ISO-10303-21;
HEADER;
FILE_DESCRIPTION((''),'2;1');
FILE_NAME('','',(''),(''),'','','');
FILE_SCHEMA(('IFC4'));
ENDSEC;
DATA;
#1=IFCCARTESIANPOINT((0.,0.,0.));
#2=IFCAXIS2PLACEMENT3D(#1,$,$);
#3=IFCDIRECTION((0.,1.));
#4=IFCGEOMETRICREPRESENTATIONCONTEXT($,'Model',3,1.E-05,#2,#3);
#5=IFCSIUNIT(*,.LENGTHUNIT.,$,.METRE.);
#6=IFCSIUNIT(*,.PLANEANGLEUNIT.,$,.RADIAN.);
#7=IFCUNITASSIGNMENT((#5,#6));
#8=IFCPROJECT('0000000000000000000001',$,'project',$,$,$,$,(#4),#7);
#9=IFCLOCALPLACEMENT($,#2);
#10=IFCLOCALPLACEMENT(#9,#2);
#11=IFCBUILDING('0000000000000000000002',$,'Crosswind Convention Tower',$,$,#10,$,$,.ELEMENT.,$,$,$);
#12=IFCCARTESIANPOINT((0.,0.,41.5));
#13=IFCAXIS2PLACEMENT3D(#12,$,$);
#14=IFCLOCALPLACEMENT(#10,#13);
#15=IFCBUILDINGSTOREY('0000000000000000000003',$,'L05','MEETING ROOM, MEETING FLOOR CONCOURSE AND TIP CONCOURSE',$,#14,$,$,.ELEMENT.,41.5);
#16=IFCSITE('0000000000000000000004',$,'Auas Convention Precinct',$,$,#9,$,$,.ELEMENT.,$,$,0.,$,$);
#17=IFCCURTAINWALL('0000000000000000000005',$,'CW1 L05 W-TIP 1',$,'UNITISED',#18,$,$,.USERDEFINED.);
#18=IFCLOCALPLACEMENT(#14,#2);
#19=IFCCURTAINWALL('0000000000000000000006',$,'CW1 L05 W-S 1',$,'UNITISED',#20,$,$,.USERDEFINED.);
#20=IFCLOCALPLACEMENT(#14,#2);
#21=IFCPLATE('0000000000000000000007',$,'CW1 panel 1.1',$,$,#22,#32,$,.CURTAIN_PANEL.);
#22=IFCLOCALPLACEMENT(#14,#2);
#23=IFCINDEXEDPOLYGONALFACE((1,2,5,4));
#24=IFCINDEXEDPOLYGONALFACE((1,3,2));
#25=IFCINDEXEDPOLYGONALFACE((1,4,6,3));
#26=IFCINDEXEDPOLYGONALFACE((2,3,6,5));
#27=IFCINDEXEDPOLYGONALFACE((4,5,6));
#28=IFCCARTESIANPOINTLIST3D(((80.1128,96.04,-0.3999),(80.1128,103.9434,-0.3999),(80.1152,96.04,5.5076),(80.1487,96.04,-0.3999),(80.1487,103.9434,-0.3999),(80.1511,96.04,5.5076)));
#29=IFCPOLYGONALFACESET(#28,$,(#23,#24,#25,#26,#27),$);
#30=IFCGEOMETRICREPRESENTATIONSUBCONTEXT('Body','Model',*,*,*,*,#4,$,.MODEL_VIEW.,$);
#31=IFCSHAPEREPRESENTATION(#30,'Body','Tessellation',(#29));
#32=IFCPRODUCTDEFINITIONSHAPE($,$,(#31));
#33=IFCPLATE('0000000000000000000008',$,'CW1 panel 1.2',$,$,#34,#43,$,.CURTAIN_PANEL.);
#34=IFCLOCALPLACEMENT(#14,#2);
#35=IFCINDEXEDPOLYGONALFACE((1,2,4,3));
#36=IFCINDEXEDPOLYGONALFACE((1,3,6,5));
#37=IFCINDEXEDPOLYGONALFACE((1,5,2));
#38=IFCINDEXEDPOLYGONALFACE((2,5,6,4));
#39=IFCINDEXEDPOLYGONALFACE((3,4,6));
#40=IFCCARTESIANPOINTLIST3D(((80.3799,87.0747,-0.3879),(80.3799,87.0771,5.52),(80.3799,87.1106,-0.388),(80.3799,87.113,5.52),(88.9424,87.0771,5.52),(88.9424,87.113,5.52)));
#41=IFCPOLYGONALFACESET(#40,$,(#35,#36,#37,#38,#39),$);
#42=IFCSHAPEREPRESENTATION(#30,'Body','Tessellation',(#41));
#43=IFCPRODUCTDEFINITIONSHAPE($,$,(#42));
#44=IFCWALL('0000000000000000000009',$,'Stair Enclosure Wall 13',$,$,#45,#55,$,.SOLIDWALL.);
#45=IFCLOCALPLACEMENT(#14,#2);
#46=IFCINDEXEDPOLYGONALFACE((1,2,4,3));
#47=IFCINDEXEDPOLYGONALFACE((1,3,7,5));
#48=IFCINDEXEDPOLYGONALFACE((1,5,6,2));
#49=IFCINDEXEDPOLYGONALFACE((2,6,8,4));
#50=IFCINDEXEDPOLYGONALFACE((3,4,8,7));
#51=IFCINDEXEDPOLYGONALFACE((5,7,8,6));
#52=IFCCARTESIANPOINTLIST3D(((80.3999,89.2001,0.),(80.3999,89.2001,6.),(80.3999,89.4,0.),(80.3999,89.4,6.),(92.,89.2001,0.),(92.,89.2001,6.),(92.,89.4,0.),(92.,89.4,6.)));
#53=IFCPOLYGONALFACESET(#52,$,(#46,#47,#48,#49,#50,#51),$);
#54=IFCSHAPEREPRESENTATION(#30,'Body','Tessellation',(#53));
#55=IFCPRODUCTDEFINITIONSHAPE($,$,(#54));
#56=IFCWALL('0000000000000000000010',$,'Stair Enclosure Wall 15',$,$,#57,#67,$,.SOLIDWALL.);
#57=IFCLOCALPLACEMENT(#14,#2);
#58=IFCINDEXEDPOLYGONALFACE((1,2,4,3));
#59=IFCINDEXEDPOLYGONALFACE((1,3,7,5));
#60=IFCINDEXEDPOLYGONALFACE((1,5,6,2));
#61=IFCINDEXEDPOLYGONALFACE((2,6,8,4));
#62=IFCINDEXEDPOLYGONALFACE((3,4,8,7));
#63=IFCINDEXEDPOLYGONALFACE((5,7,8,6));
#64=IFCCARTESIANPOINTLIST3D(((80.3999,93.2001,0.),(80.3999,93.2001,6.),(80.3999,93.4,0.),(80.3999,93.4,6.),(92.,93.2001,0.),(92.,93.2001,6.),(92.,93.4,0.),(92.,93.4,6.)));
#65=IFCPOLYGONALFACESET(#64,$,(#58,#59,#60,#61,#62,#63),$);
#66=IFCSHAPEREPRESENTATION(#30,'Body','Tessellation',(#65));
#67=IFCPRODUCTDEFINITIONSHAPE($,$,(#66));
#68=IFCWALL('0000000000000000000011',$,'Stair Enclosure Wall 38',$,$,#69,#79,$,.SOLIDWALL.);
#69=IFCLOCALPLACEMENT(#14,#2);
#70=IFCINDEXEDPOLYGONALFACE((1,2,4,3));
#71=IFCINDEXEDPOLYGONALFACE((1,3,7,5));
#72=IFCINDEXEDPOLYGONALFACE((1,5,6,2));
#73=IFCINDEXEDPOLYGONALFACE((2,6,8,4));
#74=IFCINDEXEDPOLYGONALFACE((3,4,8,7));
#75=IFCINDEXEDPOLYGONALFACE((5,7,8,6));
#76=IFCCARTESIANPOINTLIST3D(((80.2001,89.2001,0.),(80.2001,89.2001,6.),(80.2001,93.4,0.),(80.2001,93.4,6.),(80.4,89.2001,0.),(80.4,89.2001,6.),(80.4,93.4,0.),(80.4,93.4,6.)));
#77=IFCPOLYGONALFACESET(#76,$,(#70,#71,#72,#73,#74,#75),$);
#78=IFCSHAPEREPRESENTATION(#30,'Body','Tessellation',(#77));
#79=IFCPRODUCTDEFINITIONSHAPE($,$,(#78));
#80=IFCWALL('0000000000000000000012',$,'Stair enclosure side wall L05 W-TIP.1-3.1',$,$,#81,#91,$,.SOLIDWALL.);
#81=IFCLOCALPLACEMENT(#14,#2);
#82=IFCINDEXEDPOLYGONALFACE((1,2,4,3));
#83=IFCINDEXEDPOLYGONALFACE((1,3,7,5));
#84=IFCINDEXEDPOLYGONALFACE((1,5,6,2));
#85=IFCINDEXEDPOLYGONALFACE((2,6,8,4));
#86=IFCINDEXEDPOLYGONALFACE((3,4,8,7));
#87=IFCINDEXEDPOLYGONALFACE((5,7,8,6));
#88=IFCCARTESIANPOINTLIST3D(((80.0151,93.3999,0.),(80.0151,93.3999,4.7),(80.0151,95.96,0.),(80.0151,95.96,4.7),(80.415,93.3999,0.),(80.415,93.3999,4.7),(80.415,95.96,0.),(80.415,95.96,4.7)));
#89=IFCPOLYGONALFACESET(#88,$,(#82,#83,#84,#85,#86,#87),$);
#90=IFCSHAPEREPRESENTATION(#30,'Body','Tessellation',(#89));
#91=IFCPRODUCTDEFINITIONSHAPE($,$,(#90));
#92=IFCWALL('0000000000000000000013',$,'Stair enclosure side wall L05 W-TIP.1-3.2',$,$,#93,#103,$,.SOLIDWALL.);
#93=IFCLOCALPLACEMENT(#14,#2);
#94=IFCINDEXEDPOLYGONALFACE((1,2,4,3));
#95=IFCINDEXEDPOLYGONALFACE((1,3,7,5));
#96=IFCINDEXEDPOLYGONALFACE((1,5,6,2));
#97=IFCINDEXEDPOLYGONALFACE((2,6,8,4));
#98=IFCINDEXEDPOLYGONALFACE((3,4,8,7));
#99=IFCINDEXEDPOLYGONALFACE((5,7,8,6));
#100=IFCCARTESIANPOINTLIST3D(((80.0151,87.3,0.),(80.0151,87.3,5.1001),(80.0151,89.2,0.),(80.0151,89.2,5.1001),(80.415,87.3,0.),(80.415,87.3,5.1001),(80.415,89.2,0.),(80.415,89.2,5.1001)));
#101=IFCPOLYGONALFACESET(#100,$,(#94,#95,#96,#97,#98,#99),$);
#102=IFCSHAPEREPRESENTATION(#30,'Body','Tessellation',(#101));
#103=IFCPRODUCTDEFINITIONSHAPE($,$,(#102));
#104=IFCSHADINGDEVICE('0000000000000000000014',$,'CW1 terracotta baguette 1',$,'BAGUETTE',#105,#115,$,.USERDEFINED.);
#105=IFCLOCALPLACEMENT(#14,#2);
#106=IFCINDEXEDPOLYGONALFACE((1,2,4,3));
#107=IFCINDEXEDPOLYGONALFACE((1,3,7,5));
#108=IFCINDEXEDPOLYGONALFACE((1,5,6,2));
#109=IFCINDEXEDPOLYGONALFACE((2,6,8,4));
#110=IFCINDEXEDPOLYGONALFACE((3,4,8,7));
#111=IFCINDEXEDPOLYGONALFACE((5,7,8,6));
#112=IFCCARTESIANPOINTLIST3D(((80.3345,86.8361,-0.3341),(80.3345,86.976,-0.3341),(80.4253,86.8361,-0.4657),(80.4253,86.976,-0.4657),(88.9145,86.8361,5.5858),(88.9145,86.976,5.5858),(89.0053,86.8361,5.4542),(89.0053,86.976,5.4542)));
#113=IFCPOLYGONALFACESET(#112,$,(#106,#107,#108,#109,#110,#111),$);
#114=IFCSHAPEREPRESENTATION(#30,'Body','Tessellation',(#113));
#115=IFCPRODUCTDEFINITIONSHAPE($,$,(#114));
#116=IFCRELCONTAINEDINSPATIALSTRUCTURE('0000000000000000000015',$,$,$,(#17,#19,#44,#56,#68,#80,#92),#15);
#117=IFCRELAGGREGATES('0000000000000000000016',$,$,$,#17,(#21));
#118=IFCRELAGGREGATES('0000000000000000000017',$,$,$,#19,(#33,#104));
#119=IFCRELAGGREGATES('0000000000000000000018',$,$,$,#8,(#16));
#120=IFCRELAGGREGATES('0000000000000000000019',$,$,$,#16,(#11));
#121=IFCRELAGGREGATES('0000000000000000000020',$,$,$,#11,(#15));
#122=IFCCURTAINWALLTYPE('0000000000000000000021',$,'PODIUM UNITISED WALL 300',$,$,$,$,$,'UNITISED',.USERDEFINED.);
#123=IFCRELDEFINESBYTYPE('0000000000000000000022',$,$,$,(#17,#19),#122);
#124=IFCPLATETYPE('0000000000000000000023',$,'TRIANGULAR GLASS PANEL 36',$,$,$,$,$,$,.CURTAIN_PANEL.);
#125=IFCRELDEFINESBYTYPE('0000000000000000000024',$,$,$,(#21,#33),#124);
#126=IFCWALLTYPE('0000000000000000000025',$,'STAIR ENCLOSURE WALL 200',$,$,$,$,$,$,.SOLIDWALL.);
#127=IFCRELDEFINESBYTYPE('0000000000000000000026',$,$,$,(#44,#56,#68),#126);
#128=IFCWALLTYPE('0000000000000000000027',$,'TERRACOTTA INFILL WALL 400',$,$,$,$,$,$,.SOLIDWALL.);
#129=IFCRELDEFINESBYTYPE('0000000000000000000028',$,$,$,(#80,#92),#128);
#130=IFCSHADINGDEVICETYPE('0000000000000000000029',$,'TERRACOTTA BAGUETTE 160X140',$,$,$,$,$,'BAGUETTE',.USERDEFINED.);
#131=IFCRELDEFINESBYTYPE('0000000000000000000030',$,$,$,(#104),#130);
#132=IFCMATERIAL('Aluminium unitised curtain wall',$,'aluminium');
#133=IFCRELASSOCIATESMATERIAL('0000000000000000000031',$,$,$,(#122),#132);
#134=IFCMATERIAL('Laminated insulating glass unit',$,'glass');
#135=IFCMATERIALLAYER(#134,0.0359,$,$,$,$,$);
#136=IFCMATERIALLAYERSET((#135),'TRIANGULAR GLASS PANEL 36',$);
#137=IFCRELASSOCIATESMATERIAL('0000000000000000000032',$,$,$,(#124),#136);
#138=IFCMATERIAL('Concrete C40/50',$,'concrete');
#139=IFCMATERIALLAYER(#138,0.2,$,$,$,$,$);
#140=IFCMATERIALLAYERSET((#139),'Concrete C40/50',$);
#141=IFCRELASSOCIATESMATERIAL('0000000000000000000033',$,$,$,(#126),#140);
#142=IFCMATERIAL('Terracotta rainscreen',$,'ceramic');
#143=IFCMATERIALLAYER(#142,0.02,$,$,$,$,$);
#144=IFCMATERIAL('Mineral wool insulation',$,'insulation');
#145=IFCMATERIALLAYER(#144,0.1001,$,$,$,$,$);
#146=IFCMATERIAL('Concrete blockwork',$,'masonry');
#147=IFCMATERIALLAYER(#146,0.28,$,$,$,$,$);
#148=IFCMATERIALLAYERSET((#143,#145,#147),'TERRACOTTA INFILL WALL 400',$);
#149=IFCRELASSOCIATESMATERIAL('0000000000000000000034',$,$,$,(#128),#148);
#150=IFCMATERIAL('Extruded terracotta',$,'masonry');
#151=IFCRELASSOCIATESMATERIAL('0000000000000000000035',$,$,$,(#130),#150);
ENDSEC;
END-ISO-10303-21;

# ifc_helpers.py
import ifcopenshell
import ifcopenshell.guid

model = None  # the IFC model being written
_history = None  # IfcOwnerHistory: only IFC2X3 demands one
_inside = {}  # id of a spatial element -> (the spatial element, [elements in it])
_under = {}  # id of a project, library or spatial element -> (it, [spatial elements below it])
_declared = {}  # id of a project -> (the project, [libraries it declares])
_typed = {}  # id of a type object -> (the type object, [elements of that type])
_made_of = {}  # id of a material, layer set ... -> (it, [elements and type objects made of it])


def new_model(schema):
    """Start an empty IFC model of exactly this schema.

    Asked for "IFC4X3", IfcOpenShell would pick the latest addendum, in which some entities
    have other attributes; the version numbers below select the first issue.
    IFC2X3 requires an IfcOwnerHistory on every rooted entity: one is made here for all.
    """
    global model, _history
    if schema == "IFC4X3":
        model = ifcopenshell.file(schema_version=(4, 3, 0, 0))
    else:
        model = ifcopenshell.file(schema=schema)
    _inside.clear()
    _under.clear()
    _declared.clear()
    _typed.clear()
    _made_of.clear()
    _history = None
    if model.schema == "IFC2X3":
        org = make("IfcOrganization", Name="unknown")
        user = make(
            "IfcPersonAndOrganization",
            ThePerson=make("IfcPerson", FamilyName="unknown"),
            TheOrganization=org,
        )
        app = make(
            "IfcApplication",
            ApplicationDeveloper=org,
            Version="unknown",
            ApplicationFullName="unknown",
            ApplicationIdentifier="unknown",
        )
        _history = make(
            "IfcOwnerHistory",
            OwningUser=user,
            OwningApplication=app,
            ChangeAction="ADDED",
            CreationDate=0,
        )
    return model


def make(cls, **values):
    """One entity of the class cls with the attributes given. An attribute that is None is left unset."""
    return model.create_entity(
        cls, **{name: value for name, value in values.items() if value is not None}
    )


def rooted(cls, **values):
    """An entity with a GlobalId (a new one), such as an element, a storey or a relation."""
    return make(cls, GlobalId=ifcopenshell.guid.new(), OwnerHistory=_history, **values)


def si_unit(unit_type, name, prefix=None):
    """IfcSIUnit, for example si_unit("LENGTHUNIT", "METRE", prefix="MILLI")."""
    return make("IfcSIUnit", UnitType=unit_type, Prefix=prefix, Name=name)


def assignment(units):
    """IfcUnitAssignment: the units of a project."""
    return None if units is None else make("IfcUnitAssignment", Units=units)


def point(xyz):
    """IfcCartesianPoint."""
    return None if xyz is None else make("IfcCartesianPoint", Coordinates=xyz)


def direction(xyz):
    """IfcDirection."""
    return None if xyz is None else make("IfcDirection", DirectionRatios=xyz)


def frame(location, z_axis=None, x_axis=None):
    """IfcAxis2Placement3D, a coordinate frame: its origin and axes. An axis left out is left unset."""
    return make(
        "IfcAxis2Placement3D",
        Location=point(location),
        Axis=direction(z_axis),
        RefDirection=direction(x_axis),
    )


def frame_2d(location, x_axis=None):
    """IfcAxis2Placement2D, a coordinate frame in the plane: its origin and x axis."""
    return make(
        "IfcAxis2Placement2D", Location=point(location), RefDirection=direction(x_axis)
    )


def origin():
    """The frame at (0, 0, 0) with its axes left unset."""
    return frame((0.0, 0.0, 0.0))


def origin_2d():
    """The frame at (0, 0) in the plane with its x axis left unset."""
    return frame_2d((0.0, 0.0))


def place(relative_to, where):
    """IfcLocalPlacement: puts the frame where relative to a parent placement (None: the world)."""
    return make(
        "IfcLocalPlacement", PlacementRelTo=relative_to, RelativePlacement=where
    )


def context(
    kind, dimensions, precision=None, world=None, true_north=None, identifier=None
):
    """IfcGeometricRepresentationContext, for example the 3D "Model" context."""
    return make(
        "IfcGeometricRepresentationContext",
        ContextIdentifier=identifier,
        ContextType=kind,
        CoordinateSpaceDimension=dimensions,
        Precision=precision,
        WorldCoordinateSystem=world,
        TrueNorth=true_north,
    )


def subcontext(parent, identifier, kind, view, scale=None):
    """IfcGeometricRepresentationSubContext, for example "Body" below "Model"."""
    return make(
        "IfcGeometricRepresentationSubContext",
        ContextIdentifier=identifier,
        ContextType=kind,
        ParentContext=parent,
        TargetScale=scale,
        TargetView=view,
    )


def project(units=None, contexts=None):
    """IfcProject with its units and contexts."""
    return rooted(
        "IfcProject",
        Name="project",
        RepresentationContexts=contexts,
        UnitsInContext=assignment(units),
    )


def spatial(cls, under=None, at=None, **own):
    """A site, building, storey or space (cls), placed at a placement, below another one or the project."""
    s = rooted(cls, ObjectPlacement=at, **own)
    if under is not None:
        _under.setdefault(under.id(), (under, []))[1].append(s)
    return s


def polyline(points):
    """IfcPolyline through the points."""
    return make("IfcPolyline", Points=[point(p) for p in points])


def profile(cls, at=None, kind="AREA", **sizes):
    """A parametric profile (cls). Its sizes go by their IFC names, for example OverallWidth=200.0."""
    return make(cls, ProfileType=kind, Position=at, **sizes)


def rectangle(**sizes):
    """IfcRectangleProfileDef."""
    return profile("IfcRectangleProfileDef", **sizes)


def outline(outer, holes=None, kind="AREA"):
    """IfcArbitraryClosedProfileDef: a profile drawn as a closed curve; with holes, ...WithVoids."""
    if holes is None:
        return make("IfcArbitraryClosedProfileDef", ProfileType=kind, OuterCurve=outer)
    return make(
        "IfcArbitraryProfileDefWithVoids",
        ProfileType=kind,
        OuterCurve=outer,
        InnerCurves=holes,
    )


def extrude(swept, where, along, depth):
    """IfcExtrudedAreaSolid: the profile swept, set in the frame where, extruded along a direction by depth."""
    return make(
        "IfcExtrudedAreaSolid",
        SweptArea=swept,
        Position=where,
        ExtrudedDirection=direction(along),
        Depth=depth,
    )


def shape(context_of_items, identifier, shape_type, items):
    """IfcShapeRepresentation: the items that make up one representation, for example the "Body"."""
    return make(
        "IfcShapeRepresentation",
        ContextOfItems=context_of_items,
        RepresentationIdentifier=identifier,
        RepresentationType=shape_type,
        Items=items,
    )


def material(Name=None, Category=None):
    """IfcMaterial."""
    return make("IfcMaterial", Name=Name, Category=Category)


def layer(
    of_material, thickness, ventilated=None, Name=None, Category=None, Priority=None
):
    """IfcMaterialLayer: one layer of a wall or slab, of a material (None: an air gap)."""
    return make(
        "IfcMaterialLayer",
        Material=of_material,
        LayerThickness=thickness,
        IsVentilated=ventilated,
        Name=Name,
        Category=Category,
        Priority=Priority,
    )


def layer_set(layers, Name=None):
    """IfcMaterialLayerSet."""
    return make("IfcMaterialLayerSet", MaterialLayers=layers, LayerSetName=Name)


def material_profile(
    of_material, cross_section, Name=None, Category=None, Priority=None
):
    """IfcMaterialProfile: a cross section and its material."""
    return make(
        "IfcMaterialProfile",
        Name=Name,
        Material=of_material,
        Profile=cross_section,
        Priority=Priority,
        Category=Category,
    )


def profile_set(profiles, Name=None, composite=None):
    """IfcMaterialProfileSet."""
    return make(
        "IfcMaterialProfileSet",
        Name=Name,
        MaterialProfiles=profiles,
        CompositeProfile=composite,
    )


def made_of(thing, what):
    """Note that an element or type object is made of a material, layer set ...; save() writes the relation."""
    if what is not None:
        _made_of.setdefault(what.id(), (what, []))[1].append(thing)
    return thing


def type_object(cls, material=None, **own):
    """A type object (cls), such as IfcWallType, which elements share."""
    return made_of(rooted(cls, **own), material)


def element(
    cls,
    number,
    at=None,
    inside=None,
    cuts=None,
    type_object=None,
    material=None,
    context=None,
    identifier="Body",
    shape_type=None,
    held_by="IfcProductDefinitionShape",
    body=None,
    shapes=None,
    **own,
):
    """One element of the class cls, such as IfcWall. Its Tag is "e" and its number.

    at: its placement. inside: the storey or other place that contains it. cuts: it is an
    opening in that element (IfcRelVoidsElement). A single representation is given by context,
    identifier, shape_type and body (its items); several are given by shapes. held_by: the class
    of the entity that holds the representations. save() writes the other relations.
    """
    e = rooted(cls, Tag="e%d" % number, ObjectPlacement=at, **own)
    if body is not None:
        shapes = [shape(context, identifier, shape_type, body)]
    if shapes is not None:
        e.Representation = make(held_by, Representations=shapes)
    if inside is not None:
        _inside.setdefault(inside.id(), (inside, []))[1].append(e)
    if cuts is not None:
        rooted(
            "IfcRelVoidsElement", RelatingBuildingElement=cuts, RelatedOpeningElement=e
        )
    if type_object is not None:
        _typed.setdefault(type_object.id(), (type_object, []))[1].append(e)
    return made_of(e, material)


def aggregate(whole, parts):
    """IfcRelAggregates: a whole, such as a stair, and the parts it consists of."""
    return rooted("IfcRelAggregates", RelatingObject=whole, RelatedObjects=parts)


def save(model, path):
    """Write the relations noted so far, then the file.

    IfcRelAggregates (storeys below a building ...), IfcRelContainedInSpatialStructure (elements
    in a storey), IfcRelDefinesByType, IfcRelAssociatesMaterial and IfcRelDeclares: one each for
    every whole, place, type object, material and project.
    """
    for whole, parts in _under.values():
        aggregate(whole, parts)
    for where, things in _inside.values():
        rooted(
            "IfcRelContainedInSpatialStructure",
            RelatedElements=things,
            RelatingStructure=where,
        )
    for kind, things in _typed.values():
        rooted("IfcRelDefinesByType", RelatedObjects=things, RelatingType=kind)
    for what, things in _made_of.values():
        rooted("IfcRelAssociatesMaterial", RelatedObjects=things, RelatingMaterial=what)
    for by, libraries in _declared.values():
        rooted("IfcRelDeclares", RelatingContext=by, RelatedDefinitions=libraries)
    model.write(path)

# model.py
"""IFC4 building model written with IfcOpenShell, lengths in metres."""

from ifc_helpers import new_model, si_unit, direction, frame, frame_2d, origin, origin_2d, place, context, subcontext, project, spatial, polyline, rectangle, outline, extrude, material, layer, layer_set, material_profile, profile_set, type_object, element, aggregate, save


model = new_model("IFC4")

# Units and contexts
model_context = context("Model", 3, precision=1e-05, world=origin(), true_north=direction((0.0, 1.0)))
body_context = subcontext(model_context, "Body", "Model", "MODEL_VIEW")
ifc_project = project(units=[si_unit("LENGTHUNIT", "METRE"), si_unit("PLANEANGLEUNIT", "RADIAN")], contexts=[model_context])

# Site, building, storey
site_placement = place(None, origin())
site = spatial("IfcSite", under=ifc_project, at=site_placement, Name="Auas Convention Precinct", CompositionType="ELEMENT", RefElevation=0.0)
building_placement = place(site_placement, origin())
building = spatial("IfcBuilding", under=site, at=building_placement, Name="Crosswind Convention Tower", CompositionType="ELEMENT")
storey_placement = place(building_placement, frame((0.0, 0.0, 41.5)))
storey = spatial("IfcBuildingStorey", under=building, at=storey_placement, Name="L05", Description="MEETING ROOM, MEETING FLOOR CONCOURSE AND TIP CONCOURSE", CompositionType="ELEMENT", Elevation=41.5)

# Curtain walls
ifc_material_1 = material(Name="Aluminium unitised curtain wall", Category="aluminium")
curtain_wall_type = type_object("IfcCurtainWallType", Name="PODIUM UNITISED WALL 300", ElementType="UNITISED", PredefinedType="USERDEFINED", material=ifc_material_1)
curtain_wall_1_placement = place(storey_placement, origin())
curtain_wall_1 = element("IfcCurtainWall", 1, at=curtain_wall_1_placement, inside=storey, type_object=curtain_wall_type, Name="CW1 L05 W-TIP 1", ObjectType="UNITISED", PredefinedType="USERDEFINED")
curtain_wall_2_placement = place(storey_placement, origin())
curtain_wall_2 = element("IfcCurtainWall", 2, at=curtain_wall_2_placement, inside=storey, type_object=curtain_wall_type, Name="CW1 L05 W-S 1", ObjectType="UNITISED", PredefinedType="USERDEFINED")

# Shared definitions
ifc_material_2 = material(Name="Concrete C40/50", Category="concrete")

# Plates
ifc_material_3 = material(Name="Laminated insulating glass unit", Category="glass")
ifc_layer_1 = layer(ifc_material_3, 0.0359)
ifc_layer_set_1 = layer_set([ifc_layer_1], Name="TRIANGULAR GLASS PANEL 36")
plate_type = type_object("IfcPlateType", Name="TRIANGULAR GLASS PANEL 36", PredefinedType="CURTAIN_PANEL", material=ifc_layer_set_1)
plate_1_placement = place(storey_placement, frame((80.1128, 96.04, -0.3999), z_axis=(-1.0, 0.0, 0.000413), x_axis=(0.000413, 0.0, 1.0)))
plate_1 = element("IfcPlate", 3, at=plate_1_placement, type_object=plate_type, Name="CW1 panel 1.1", PredefinedType="CURTAIN_PANEL", context=body_context, shape_type="SweptSolid", body=[
    extrude(outline(polyline([(0.0, 0.0), (5.9075, 0.0), (0.0, 7.9033), (0.0, 0.0)])), origin(), (0.0, 0.0, -1.0), 0.0359),
])
aggregate(curtain_wall_1, [plate_1])
plate_2_placement = place(storey_placement, frame((80.3799, 87.0771, 5.52), z_axis=(0.0, -1.0, 0.000413), x_axis=(0.0, -0.000413, -1.0)))
plate_2 = element("IfcPlate", 4, at=plate_2_placement, type_object=plate_type, Name="CW1 panel 1.2", PredefinedType="CURTAIN_PANEL", context=body_context, shape_type="SweptSolid", body=[
    extrude(outline(polyline([(0.0, 0.0), (5.908, 0.0), (0.0, 8.5625), (0.0, 0.0)])), origin(), (0.0, 0.0, -1.0), 0.0359),
])

# Walls
ifc_layer_2 = layer(ifc_material_2, 0.2)
ifc_layer_set_2 = layer_set([ifc_layer_2], Name="Concrete C40/50")
wall_type_1 = type_object("IfcWallType", Name="STAIR ENCLOSURE WALL 200", PredefinedType="SOLIDWALL", material=ifc_layer_set_2)
for number, where, z_axis, x_axis, name in (
    (5, (80.3999, 89.3, 0.0), (0.0, 0.0, 1.0), (1.0, 0.0, 0.0), "Stair Enclosure Wall 13"),
    (6, (80.3999, 93.3, 0.0), (0.0, 0.0, 1.0), (1.0, 0.0, 0.0), "Stair Enclosure Wall 15"),
):
    element("IfcWall", number, at=place(storey_placement, frame(where, z_axis=z_axis, x_axis=x_axis)), inside=storey, type_object=wall_type_1, Name=name, PredefinedType="SOLIDWALL", context=body_context, shape_type="SweptSolid", body=[
        extrude(rectangle(XDim=11.6001, YDim=0.2, at=frame_2d((5.8, 0.0))), origin(), (0.0, 0.0, 1.0), 6.0),
    ])
wall_1_placement = place(storey_placement, frame((80.3, 89.2, 0.0), z_axis=(0.0, 0.0, 1.0), x_axis=(0.0, 1.0, 0.0)))
element("IfcWall", 7, at=wall_1_placement, inside=storey, type_object=wall_type_1, Name="Stair Enclosure Wall 38", PredefinedType="SOLIDWALL", context=body_context, shape_type="SweptSolid", body=[
    extrude(rectangle(XDim=4.2, YDim=0.2, at=frame_2d((2.1001, 0.0))), origin(), (0.0, 0.0, 1.0), 6.0),
])
ifc_material_4 = material(Name="Terracotta rainscreen", Category="ceramic")
ifc_layer_3 = layer(ifc_material_4, 0.02)
ifc_material_5 = material(Name="Mineral wool insulation", Category="insulation")
ifc_layer_4 = layer(ifc_material_5, 0.1001)
ifc_material_6 = material(Name="Concrete blockwork", Category="masonry")
ifc_layer_5 = layer(ifc_material_6, 0.28)
ifc_layer_set_3 = layer_set([ifc_layer_3, ifc_layer_4, ifc_layer_5], Name="TERRACOTTA INFILL WALL 400")
wall_type_2 = type_object("IfcWallType", Name="TERRACOTTA INFILL WALL 400", PredefinedType="SOLIDWALL", material=ifc_layer_set_3)
wall_2_placement = place(storey_placement, frame((80.2151, 95.96, 0.0), z_axis=(0.0, 0.0, 1.0), x_axis=(0.0, -1.0, 0.0)))
element("IfcWall", 8, at=wall_2_placement, inside=storey, type_object=wall_type_2, Name="Stair enclosure side wall L05 W-TIP.1-3.1", PredefinedType="SOLIDWALL", context=body_context, shape_type="SweptSolid", body=[
    extrude(rectangle(XDim=2.5601, YDim=0.3999, at=frame_2d((1.28, 0.0))), origin(), (0.0, 0.0, 1.0), 4.7),
])
wall_3_placement = place(storey_placement, frame((80.2151, 89.2, 0.0), z_axis=(0.0, 0.0, 1.0), x_axis=(0.0, -1.0, 0.0)))
element("IfcWall", 9, at=wall_3_placement, inside=storey, type_object=wall_type_2, Name="Stair enclosure side wall L05 W-TIP.1-3.2", PredefinedType="SOLIDWALL", context=body_context, shape_type="SweptSolid", body=[
    extrude(rectangle(XDim=1.8999, YDim=0.3999, at=frame_2d((0.95, 0.0))), origin(), (0.0, 0.0, 1.0), 5.1001),
])

# Shading device
ifc_material_7 = material(Name="Extruded terracotta", Category="masonry")
ifc_material_profile_1 = material_profile(ifc_material_7, rectangle(XDim=0.1399, YDim=0.1599, at=origin_2d()), Name="TC 140X160")
ifc_profile_set_1 = profile_set([ifc_material_profile_1], Name="Extruded terracotta")
shading_device_type = type_object("IfcShadingDeviceType", Name="TERRACOTTA BAGUETTE 160X140", ElementType="BAGUETTE", PredefinedType="USERDEFINED", material=ifc_profile_set_1)
shading_device_placement = place(storey_placement, frame((80.3799, 86.906, -0.3999), z_axis=(0.823095, 0.0, 0.567904), x_axis=(0.0, 1.0, 0.0)))
shading_device = element("IfcShadingDevice", 10, at=shading_device_placement, type_object=shading_device_type, Name="CW1 terracotta baguette 1", ObjectType="BAGUETTE", PredefinedType="USERDEFINED", context=body_context, shape_type="SweptSolid", body=[
    extrude(rectangle(XDim=0.1399, YDim=0.1599, at=origin_2d()), origin(), (0.0, 0.0, 1.0), 10.4241),
])
aggregate(curtain_wall_2, [plate_2, shading_device])

save(model, "model.ifc")
